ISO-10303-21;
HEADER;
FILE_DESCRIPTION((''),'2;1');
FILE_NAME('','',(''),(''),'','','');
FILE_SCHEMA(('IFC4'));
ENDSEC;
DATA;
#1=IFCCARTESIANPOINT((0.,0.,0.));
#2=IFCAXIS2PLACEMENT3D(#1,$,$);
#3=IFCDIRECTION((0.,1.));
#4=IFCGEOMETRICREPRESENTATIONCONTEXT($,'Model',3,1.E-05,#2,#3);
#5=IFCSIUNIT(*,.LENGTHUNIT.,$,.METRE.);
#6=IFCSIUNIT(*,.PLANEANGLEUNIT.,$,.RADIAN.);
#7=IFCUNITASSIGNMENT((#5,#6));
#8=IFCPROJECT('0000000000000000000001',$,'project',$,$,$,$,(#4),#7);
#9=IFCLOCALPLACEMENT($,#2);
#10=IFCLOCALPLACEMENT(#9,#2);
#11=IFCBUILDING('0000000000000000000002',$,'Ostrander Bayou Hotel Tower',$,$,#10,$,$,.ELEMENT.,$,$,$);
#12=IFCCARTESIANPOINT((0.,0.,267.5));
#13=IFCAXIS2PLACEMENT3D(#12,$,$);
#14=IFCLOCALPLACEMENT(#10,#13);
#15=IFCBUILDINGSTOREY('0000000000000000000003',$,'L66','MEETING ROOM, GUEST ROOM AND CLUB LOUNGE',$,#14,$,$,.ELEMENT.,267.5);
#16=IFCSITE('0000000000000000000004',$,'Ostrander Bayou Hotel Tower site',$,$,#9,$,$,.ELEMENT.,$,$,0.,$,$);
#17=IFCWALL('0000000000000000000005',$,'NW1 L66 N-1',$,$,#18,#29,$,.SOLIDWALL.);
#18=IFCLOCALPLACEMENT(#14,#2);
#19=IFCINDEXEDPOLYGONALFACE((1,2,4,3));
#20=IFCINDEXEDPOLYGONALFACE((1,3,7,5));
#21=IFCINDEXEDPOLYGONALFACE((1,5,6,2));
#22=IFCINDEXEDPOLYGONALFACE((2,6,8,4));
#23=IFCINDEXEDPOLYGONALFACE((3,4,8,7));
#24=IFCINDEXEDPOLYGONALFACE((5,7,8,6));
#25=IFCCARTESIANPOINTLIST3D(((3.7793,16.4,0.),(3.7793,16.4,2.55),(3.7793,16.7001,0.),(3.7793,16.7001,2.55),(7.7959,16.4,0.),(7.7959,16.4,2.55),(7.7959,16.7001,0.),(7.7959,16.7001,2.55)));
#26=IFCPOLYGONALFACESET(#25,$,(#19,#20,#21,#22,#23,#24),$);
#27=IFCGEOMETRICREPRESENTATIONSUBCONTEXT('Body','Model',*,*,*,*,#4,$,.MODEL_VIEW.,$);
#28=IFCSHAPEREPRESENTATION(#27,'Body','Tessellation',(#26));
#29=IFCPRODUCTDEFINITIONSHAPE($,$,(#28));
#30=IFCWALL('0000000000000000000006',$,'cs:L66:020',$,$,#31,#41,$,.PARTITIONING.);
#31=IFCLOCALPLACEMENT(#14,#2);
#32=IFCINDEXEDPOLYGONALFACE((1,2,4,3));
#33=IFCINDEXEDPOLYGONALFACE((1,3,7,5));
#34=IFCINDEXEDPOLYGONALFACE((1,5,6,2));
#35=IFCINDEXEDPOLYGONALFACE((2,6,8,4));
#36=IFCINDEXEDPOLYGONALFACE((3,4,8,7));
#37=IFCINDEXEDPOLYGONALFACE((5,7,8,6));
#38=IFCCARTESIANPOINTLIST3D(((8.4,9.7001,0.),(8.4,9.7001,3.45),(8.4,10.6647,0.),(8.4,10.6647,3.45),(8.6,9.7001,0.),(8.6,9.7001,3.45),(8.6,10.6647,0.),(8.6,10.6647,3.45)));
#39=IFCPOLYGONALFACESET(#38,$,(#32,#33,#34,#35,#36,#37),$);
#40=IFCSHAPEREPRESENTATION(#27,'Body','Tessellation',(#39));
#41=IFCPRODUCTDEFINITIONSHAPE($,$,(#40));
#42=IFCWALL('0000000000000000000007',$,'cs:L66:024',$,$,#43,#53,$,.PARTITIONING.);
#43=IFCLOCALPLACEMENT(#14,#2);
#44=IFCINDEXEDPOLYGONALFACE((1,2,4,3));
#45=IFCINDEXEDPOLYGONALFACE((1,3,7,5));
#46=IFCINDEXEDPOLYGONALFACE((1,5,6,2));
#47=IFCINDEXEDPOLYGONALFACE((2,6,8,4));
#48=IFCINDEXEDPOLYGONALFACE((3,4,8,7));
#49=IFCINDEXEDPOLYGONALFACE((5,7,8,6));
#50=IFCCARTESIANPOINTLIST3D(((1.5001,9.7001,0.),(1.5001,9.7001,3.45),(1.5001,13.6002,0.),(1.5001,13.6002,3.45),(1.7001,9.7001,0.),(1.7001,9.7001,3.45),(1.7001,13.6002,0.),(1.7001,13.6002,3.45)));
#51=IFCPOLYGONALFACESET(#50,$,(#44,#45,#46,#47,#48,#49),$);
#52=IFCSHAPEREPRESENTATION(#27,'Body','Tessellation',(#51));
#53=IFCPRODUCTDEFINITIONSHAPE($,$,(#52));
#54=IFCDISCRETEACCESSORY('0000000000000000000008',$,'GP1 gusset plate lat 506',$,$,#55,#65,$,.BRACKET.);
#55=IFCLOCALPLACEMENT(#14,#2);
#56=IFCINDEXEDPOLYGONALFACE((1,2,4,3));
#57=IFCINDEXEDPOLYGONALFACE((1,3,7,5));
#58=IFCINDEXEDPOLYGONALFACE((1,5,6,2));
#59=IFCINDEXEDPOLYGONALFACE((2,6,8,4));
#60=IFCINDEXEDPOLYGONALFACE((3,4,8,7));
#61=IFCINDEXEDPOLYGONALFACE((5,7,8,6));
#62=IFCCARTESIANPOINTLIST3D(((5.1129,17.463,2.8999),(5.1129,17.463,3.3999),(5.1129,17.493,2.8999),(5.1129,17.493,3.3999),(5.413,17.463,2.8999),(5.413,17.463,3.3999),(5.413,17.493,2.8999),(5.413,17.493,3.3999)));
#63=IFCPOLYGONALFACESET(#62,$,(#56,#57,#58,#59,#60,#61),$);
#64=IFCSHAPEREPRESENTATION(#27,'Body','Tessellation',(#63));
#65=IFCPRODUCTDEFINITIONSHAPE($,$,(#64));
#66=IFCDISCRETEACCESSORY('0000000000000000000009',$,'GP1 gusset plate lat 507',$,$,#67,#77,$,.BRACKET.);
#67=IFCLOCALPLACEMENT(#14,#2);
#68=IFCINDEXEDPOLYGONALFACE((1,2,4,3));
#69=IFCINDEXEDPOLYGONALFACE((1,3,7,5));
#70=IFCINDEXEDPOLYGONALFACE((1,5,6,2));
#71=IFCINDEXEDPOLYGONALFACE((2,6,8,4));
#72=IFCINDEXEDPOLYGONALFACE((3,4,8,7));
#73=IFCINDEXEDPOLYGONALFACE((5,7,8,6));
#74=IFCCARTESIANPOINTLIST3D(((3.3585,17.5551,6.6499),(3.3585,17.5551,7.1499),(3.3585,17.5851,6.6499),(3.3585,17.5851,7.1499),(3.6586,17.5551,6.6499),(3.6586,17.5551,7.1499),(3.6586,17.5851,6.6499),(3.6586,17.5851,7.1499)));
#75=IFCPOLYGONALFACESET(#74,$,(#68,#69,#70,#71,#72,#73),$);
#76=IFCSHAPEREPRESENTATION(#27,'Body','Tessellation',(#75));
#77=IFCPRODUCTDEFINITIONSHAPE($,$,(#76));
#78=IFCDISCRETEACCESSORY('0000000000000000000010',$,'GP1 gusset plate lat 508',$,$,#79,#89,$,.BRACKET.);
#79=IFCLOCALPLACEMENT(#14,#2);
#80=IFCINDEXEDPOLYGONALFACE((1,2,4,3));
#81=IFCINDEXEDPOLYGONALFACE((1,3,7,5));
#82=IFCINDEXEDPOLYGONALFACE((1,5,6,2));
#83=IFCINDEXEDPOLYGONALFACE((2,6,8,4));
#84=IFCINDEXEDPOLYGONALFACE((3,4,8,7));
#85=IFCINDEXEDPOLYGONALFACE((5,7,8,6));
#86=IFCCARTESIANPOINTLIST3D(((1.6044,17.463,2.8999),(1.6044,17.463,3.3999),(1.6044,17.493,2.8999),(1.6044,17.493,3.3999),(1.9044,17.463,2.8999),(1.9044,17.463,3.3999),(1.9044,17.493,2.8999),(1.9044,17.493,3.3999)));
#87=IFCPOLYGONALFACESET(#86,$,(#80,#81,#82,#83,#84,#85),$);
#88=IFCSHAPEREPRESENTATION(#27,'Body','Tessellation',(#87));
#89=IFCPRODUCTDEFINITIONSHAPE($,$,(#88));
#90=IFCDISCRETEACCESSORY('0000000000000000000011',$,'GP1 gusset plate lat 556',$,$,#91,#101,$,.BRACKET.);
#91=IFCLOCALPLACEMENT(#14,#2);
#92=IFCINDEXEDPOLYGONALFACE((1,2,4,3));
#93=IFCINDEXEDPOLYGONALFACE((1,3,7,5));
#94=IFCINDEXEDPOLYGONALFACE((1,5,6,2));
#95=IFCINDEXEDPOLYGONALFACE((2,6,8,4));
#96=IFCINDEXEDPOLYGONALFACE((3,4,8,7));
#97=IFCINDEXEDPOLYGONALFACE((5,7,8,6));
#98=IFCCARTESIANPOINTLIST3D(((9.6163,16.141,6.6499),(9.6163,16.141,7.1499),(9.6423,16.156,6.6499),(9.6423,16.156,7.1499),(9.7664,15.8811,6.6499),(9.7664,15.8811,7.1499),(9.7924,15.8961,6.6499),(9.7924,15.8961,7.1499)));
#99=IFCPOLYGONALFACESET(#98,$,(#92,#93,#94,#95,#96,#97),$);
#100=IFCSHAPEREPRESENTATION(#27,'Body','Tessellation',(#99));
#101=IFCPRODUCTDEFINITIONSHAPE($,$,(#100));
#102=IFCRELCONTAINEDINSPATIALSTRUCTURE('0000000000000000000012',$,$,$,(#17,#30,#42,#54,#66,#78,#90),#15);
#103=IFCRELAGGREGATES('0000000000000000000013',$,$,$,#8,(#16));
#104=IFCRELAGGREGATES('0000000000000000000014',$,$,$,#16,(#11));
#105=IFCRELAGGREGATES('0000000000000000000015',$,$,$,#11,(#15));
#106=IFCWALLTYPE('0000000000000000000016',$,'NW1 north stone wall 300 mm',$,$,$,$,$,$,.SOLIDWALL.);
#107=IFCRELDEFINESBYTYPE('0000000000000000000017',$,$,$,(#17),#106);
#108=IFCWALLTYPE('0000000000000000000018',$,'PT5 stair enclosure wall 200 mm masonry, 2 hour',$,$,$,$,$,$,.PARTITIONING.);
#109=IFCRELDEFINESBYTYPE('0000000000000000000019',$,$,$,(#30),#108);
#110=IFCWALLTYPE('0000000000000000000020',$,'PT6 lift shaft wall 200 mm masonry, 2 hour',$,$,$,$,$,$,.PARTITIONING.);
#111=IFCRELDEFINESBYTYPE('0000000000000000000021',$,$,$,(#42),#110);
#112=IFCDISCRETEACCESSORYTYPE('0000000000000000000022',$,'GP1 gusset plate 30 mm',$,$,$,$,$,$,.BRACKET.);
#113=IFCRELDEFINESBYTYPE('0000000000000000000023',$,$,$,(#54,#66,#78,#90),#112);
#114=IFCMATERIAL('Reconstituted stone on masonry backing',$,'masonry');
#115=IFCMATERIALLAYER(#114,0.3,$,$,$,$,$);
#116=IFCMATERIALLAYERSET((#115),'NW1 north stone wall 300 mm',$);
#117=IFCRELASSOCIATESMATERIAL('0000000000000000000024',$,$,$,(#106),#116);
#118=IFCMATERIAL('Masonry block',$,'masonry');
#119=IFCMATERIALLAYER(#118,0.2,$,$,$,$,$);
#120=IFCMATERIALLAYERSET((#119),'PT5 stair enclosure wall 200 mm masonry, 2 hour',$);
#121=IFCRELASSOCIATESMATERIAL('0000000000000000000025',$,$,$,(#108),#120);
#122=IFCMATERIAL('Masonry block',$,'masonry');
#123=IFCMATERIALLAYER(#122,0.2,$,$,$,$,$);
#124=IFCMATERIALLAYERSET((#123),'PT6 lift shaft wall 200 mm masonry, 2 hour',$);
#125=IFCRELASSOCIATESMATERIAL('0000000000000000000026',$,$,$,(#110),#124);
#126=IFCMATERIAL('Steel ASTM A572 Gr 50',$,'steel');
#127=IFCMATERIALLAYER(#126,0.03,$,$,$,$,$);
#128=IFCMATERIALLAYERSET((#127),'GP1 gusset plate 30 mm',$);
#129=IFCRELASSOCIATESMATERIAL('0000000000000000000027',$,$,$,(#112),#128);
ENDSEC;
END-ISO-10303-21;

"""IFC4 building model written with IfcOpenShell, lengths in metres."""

from ifc_helpers import new_model, si_unit, direction, frame, frame_2d, origin, origin_2d, place, context, subcontext, project, spatial, rectangle, extrude, material, layer, layer_set, type_object, element, save


model = new_model("IFC4")

# Units and contexts
model_context = context("Model", 3, precision=1e-05, world=origin(), true_north=direction((0.0, 1.0)))
body_context = subcontext(model_context, "Body", "Model", "MODEL_VIEW")
ifc_project = project(units=[si_unit("LENGTHUNIT", "METRE"), si_unit("PLANEANGLEUNIT", "RADIAN")], contexts=[model_context])

# Site, building, storey
site_placement = place(None, origin())
site = spatial("IfcSite", under=ifc_project, at=site_placement, Name="Ostrander Bayou Hotel Tower site", CompositionType="ELEMENT", RefElevation=0.0)
building_placement = place(site_placement, origin())
building = spatial("IfcBuilding", under=site, at=building_placement, Name="Ostrander Bayou Hotel Tower", CompositionType="ELEMENT")
storey_placement = place(building_placement, frame((0.0, 0.0, 267.5)))
storey = spatial("IfcBuildingStorey", under=building, at=storey_placement, Name="L66", Description="MEETING ROOM, GUEST ROOM AND CLUB LOUNGE", CompositionType="ELEMENT", Elevation=267.5)

# Wall
ifc_material_1 = material(Name="Reconstituted stone on masonry backing", Category="masonry")
ifc_layer_1 = layer(ifc_material_1, 0.3)
ifc_layer_set_1 = layer_set([ifc_layer_1], Name="NW1 north stone wall 300 mm")
wall_type_1 = type_object("IfcWallType", Name="NW1 north stone wall 300 mm", PredefinedType="SOLIDWALL", material=ifc_layer_set_1)
wall_1_placement = place(storey_placement, frame((7.7959, 16.55, 0.0), z_axis=(0.0, 0.0, 1.0), x_axis=(-1.0, 0.0, 0.0)))
element("IfcWall", 1, at=wall_1_placement, inside=storey, type_object=wall_type_1, Name="NW1 L66 N-1", PredefinedType="SOLIDWALL", context=body_context, shape_type="SweptSolid", body=[
    extrude(rectangle(XDim=4.0166, YDim=0.3, at=frame_2d((2.0083, 0.0))), origin(), (0.0, 0.0, 1.0), 2.55),
])

# Wall
ifc_material_2 = material(Name="Masonry block", Category="masonry")
ifc_layer_2 = layer(ifc_material_2, 0.2)
ifc_layer_set_2 = layer_set([ifc_layer_2], Name="PT5 stair enclosure wall 200 mm masonry, 2 hour")
wall_type_2 = type_object("IfcWallType", Name="PT5 stair enclosure wall 200 mm masonry, 2 hour", PredefinedType="PARTITIONING", material=ifc_layer_set_2)
wall_2_placement = place(storey_placement, frame((8.5, 9.7, 0.0), z_axis=(0.0, 0.0, 1.0), x_axis=(0.0, 1.0, 0.0)))
element("IfcWall", 2, at=wall_2_placement, inside=storey, type_object=wall_type_2, Name="cs:L66:020", PredefinedType="PARTITIONING", context=body_context, shape_type="SweptSolid", body=[
    extrude(rectangle(XDim=0.9646, YDim=0.2, at=frame_2d((0.4824, 0.0))), origin(), (0.0, 0.0, 1.0), 3.45),
])

# Wall
ifc_material_3 = material(Name="Masonry block", Category="masonry")
ifc_layer_3 = layer(ifc_material_3, 0.2)
ifc_layer_set_3 = layer_set([ifc_layer_3], Name="PT6 lift shaft wall 200 mm masonry, 2 hour")
wall_type_3 = type_object("IfcWallType", Name="PT6 lift shaft wall 200 mm masonry, 2 hour", PredefinedType="PARTITIONING", material=ifc_layer_set_3)
wall_3_placement = place(storey_placement, frame((1.6001, 9.7, 0.0), z_axis=(0.0, 0.0, 1.0), x_axis=(0.0, 1.0, 0.0)))
element("IfcWall", 3, at=wall_3_placement, inside=storey, type_object=wall_type_3, Name="cs:L66:024", PredefinedType="PARTITIONING", context=body_context, shape_type="SweptSolid", body=[
    extrude(rectangle(XDim=3.9001, YDim=0.2, at=frame_2d((1.9502, 0.0))), origin(), (0.0, 0.0, 1.0), 3.45),
])

# Discrete accessories
ifc_material_4 = material(Name="Steel ASTM A572 Gr 50", Category="steel")
ifc_layer_4 = layer(ifc_material_4, 0.03)
ifc_layer_set_4 = layer_set([ifc_layer_4], Name="GP1 gusset plate 30 mm")
discrete_accessory_type = type_object("IfcDiscreteAccessoryType", Name="GP1 gusset plate 30 mm", PredefinedType="BRACKET", material=ifc_layer_set_4)
for number, where, z_axis, x_axis, name in (
    (4, (5.2629, 17.478, 2.8999), (0.0, 0.0, 1.0), (-1.0, 0.0, 0.0), "GP1 gusset plate lat 506"),
    (5, (3.5085, 17.5701, 6.6499), (0.0, 0.0, 1.0), (-1.0, 0.0, 0.0), "GP1 gusset plate lat 507"),
    (6, (1.7544, 17.478, 2.8999), (0.0, 0.0, 1.0), (-1.0, 0.0, 0.0), "GP1 gusset plate lat 508"),
    (7, (9.7043, 16.0186, 6.6499), (0.0, 0.0, 1.0), (-0.5, 0.866025, 0.0), "GP1 gusset plate lat 556"),
):
    element("IfcDiscreteAccessory", number, at=place(storey_placement, frame(where, z_axis=z_axis, x_axis=x_axis)), inside=storey, type_object=discrete_accessory_type, Name=name, PredefinedType="BRACKET", context=body_context, shape_type="SweptSolid", body=[
        extrude(rectangle(XDim=0.3, YDim=0.03, at=origin_2d()), origin(), (0.0, 0.0, 1.0), 0.5),
    ])

save(model, "model.ifc")
